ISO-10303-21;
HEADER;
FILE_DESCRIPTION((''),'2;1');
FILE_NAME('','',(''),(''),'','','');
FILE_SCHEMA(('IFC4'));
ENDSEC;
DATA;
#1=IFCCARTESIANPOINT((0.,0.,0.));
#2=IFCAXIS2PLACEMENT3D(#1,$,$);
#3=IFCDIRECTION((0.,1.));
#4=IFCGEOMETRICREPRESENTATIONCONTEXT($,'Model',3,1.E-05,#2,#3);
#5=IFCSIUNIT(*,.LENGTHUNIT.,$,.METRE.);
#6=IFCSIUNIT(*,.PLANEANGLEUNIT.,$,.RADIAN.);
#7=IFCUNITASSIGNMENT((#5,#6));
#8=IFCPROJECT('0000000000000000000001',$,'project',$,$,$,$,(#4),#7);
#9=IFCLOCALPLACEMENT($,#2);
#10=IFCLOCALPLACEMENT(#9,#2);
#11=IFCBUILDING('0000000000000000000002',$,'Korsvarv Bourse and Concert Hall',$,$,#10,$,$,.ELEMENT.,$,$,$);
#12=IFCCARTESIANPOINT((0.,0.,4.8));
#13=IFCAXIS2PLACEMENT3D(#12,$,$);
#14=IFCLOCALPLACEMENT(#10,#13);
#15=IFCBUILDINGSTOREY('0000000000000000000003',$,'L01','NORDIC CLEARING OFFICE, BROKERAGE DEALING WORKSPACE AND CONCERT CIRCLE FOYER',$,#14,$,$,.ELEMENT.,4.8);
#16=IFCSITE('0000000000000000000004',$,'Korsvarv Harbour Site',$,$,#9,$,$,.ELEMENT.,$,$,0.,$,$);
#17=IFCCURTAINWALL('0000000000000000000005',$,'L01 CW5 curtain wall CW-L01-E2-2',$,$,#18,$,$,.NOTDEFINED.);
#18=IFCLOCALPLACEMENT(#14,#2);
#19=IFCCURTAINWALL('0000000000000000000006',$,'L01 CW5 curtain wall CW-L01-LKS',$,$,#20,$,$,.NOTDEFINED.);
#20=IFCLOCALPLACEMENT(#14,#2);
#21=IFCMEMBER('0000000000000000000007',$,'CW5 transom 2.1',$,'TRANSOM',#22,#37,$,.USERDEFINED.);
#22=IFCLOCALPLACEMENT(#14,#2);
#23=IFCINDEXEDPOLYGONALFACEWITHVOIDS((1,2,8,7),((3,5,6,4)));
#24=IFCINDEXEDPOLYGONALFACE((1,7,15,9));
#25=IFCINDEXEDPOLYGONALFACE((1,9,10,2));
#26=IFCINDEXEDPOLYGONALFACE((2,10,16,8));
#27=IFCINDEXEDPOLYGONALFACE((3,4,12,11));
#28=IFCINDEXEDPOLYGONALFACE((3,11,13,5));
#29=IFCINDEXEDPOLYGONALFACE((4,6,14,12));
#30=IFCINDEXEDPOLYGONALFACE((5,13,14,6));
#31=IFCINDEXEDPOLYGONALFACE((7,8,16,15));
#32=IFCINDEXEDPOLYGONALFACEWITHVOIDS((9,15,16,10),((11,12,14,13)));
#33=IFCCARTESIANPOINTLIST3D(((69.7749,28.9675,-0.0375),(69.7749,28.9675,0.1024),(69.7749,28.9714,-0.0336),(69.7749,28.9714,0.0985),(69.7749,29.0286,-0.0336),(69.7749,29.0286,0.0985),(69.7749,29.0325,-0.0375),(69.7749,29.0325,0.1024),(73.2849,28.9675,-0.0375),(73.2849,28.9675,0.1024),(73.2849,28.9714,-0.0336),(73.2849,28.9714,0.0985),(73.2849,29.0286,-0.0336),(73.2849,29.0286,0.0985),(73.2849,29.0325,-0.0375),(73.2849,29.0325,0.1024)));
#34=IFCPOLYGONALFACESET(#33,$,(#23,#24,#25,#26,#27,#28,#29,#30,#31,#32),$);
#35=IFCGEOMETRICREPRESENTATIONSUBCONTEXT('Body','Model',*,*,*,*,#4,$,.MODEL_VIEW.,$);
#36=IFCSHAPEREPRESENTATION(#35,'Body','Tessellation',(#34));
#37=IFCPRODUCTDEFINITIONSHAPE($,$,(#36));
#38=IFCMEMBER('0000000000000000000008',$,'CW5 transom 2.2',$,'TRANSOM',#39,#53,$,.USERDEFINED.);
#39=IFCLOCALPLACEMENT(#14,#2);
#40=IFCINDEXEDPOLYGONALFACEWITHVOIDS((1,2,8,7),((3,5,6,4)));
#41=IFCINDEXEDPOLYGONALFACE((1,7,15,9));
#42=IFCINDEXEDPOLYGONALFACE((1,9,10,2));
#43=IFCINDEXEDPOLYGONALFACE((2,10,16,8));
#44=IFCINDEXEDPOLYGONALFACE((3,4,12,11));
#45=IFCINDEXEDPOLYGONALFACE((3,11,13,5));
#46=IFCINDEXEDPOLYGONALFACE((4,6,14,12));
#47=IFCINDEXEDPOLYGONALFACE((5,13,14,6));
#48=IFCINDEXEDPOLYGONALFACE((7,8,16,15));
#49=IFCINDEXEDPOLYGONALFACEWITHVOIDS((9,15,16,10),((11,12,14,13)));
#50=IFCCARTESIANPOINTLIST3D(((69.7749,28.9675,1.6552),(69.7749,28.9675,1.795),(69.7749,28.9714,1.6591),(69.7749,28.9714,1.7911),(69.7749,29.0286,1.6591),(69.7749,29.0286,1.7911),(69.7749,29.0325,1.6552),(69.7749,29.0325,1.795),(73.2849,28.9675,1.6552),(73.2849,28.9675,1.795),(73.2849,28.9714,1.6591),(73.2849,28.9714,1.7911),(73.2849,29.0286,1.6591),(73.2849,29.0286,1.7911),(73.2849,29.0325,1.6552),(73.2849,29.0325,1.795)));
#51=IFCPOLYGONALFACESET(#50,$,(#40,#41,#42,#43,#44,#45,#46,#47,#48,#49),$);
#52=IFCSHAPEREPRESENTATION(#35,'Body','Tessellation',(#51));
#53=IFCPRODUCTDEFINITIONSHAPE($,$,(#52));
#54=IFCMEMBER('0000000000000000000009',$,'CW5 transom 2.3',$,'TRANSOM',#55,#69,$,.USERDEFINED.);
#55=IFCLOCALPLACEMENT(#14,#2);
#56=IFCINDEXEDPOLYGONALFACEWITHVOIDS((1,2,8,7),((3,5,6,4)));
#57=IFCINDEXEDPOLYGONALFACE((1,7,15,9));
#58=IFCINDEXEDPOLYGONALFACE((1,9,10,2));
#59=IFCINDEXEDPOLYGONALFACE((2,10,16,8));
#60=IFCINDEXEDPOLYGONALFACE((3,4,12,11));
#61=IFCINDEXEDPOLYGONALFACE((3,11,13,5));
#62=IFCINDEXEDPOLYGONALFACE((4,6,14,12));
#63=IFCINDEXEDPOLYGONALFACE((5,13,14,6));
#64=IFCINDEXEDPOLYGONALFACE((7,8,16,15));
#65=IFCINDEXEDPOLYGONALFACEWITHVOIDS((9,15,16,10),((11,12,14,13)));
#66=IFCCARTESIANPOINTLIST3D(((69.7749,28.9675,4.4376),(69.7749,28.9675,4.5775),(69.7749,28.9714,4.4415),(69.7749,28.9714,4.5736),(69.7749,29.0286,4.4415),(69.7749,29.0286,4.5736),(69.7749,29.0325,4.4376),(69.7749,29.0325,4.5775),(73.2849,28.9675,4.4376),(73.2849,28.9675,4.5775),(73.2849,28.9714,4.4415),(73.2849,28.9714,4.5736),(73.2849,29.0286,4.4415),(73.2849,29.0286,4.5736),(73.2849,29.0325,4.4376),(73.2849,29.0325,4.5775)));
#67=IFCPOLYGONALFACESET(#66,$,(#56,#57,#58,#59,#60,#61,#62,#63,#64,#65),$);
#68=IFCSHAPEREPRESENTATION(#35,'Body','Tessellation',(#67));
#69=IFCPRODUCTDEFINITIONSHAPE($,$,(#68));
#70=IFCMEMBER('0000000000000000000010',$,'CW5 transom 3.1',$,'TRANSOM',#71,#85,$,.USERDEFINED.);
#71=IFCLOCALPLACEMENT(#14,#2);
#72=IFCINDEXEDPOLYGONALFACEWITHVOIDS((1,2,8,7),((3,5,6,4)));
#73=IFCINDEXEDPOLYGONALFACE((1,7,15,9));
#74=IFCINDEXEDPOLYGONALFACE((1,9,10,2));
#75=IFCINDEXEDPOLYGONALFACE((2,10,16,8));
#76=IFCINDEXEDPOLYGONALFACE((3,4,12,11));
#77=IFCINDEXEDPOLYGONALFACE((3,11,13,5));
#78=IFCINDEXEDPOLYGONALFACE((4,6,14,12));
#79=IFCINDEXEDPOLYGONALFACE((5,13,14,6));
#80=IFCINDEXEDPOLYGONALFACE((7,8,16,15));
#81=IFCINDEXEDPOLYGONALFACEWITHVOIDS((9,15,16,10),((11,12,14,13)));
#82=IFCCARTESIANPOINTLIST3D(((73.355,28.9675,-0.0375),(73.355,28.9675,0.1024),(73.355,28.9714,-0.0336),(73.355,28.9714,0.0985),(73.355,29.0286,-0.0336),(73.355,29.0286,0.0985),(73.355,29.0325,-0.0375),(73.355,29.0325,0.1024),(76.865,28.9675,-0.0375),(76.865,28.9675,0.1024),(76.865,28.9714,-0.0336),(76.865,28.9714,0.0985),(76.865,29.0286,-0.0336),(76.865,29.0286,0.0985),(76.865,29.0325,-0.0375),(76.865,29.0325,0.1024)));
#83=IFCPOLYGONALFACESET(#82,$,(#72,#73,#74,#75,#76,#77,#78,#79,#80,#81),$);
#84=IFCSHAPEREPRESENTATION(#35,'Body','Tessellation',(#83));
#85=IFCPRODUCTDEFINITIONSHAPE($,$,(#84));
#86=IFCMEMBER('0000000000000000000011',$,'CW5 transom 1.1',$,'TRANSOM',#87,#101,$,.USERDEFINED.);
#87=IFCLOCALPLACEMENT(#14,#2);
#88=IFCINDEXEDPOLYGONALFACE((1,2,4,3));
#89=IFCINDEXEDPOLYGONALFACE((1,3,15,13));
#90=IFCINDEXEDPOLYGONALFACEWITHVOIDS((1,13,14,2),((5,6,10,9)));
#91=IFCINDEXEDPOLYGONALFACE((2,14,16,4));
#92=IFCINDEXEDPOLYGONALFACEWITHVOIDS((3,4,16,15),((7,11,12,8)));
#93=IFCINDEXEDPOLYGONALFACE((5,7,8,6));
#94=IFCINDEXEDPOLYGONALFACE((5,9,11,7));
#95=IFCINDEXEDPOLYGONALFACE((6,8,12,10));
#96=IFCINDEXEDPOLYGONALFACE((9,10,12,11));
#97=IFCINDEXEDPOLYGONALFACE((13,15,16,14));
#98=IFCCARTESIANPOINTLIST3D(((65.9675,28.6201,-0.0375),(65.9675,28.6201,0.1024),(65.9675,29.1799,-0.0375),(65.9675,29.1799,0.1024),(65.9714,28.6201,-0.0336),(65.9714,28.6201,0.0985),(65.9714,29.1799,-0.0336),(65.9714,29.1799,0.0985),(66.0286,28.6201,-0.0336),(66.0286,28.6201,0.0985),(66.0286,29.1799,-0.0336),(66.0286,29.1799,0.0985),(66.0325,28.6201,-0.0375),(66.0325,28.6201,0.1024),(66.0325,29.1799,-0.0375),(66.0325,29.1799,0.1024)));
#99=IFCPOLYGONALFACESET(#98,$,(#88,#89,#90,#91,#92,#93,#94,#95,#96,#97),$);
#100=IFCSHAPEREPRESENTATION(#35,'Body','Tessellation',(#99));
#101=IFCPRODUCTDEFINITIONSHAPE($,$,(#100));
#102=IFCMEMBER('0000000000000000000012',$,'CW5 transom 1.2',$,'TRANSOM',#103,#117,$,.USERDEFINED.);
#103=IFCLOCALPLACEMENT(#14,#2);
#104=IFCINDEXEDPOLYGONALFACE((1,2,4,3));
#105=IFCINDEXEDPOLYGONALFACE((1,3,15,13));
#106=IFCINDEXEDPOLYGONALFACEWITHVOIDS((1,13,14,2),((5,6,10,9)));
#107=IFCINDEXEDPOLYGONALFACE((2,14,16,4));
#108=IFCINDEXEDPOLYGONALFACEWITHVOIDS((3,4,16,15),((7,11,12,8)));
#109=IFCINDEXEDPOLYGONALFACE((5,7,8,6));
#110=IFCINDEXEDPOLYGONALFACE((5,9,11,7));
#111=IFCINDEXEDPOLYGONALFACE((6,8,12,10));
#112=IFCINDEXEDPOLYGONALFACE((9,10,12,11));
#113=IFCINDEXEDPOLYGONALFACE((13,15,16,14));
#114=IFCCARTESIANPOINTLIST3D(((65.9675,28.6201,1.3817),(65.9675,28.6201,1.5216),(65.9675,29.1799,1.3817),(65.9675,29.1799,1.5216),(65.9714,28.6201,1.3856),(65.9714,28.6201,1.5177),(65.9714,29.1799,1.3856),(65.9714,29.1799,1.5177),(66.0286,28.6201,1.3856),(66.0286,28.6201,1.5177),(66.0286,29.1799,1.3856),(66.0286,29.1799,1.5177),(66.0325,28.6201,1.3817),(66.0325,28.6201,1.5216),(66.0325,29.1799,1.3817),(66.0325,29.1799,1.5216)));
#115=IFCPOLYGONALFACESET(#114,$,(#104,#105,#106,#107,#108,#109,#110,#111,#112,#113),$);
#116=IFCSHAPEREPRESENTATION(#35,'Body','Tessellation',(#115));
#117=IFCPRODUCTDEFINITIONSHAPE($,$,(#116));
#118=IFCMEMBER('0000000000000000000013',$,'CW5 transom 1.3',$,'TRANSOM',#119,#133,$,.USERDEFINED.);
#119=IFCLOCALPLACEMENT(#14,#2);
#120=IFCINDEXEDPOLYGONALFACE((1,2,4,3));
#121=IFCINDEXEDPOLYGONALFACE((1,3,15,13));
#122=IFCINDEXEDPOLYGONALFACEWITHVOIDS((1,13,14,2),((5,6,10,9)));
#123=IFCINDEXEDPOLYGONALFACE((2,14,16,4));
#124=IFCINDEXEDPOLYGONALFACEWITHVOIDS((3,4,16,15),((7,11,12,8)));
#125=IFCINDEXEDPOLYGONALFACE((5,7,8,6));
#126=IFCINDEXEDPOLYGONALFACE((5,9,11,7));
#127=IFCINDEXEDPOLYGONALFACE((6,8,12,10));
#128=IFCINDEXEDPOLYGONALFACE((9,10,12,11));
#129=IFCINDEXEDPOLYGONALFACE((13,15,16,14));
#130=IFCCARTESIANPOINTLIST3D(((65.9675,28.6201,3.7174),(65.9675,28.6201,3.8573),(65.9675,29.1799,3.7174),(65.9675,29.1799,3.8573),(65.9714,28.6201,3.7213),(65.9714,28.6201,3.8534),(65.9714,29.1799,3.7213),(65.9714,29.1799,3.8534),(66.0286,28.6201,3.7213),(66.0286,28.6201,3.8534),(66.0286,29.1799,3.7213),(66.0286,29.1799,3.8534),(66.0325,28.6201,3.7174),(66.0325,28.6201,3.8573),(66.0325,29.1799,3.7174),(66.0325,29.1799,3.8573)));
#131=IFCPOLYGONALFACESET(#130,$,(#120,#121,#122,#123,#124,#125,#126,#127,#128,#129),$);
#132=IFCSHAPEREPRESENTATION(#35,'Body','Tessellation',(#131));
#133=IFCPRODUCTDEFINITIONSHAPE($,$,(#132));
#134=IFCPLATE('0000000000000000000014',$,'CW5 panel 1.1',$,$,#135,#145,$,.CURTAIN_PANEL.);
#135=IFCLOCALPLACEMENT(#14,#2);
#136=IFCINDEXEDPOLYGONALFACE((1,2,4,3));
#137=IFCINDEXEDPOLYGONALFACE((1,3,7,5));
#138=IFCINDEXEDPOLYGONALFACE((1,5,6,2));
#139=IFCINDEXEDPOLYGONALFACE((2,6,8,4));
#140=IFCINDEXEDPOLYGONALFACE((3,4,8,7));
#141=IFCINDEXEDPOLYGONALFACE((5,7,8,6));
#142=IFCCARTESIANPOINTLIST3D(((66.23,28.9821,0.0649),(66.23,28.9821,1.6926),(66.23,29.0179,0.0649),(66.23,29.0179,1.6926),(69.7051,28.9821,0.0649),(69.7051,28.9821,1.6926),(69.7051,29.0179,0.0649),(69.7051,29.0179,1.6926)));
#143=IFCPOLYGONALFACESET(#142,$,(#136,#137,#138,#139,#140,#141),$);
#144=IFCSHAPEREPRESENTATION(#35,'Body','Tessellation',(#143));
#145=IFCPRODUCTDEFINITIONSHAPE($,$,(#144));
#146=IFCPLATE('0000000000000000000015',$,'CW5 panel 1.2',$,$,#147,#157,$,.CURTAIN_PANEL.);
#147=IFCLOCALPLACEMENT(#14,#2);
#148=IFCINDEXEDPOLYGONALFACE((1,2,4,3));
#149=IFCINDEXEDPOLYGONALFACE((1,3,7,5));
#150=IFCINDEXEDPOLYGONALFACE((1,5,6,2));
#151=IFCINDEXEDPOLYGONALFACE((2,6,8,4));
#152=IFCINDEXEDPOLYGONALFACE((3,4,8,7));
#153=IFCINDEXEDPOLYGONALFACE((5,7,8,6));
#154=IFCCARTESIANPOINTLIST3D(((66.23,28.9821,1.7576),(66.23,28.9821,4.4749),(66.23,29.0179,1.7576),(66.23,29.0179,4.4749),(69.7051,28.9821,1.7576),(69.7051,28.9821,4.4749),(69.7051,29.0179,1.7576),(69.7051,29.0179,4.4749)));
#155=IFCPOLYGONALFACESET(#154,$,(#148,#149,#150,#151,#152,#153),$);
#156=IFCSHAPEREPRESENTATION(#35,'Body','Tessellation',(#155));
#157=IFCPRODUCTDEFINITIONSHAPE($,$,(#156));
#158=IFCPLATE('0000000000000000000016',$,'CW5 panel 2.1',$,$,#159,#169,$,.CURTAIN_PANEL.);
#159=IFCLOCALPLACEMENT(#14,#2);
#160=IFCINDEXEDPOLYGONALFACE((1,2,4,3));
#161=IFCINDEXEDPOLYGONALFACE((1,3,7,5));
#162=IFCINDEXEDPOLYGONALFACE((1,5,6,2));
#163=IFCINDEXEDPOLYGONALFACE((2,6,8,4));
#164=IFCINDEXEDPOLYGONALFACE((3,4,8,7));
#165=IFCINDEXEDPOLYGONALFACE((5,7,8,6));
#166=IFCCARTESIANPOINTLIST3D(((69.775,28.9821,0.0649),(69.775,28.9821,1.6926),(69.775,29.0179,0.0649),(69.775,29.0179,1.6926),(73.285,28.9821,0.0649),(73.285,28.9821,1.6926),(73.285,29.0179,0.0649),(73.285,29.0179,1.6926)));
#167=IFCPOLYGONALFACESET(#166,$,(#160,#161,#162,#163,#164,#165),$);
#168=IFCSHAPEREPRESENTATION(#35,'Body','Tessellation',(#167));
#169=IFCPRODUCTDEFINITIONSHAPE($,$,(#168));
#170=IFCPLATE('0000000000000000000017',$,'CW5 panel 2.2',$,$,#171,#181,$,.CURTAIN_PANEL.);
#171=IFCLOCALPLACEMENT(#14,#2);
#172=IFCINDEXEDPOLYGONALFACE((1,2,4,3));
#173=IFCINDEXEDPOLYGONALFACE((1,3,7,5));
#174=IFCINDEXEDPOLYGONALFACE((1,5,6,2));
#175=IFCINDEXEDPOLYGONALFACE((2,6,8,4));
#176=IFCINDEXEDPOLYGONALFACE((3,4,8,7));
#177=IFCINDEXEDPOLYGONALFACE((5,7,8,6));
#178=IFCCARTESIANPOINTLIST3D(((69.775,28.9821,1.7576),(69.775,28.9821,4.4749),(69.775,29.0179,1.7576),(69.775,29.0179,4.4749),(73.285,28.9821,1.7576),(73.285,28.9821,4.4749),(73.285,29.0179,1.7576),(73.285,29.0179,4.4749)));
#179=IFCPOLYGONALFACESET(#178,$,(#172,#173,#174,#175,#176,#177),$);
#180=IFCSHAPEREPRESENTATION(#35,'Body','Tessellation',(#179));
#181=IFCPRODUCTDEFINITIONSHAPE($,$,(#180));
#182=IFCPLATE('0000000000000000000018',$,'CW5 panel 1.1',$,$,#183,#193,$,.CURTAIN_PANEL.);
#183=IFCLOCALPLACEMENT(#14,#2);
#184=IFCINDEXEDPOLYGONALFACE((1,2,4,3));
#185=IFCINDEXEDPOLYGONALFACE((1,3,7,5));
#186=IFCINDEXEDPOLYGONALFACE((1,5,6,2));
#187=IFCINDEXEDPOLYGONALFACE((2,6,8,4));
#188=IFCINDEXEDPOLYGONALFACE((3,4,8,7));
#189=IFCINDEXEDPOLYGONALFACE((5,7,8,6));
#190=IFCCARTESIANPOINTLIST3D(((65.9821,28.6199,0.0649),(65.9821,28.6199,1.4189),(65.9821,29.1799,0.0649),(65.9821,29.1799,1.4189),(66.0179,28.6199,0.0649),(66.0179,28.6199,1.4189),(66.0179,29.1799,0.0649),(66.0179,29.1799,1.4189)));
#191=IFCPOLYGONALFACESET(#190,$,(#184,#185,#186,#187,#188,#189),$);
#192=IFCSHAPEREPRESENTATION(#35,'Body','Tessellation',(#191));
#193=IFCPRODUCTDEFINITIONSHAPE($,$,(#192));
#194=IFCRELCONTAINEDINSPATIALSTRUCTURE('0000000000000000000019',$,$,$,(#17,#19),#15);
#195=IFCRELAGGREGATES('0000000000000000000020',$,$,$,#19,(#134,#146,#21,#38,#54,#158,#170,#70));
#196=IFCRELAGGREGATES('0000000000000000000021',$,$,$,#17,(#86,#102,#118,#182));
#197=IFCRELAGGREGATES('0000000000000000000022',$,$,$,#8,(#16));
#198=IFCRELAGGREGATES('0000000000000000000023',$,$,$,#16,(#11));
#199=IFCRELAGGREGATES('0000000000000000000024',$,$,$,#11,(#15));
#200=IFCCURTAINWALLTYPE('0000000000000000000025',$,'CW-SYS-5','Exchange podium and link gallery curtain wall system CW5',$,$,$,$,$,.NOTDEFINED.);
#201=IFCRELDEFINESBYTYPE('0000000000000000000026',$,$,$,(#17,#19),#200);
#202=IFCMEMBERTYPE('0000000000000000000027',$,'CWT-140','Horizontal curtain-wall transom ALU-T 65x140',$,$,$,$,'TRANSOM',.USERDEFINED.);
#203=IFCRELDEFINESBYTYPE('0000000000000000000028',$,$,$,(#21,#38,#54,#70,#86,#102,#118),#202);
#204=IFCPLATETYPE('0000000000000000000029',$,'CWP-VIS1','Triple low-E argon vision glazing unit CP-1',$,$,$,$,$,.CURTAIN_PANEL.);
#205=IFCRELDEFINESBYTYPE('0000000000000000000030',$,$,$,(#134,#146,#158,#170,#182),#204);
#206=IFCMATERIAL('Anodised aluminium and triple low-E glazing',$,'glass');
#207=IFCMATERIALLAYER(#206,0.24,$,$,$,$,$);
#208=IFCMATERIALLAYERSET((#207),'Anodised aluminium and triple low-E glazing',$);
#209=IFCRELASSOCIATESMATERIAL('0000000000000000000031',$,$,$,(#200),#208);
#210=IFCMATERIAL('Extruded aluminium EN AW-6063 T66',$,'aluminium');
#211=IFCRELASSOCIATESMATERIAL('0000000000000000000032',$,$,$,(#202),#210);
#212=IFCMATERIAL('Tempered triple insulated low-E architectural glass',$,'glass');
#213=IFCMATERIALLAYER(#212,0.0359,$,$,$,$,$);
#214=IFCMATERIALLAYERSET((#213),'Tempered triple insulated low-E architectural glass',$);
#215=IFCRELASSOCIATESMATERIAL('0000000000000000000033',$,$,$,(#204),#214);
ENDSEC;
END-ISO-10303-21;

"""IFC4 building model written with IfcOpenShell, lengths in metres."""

from ifc_helpers import new_model, si_unit, direction, frame, origin, origin_2d, place, context, subcontext, project, spatial, rectangle, hollow_rectangle, extrude, source, transform, mapped, material, layer, layer_set, material_profile, profile_set, type_object, element, aggregate, save


model = new_model("IFC4")

# Units and contexts
model_context = context("Model", 3, precision=1e-05, world=origin(), true_north=direction((0.0, 1.0)))
body_context = subcontext(model_context, "Body", "Model", "MODEL_VIEW")
ifc_project = project(units=[si_unit("LENGTHUNIT", "METRE"), si_unit("PLANEANGLEUNIT", "RADIAN")], contexts=[model_context])

# Site, building, storey
site_placement = place(None, origin())
site = spatial("IfcSite", under=ifc_project, at=site_placement, Name="Korsvarv Harbour Site", CompositionType="ELEMENT", RefElevation=0.0)
building_placement = place(site_placement, origin())
building = spatial("IfcBuilding", under=site, at=building_placement, Name="Korsvarv Bourse and Concert Hall", CompositionType="ELEMENT")
storey_placement = place(building_placement, frame((0.0, 0.0, 4.8)))
storey = spatial("IfcBuildingStorey", under=building, at=storey_placement, Name="L01", Description="NORDIC CLEARING OFFICE, BROKERAGE DEALING WORKSPACE AND CONCERT CIRCLE FOYER", CompositionType="ELEMENT", Elevation=4.8)

# Curtain wall
ifc_material_1 = material(Name="Anodised aluminium and triple low-E glazing", Category="glass")
ifc_layer_1 = layer(ifc_material_1, 0.24)
ifc_layer_set_1 = layer_set([ifc_layer_1], Name="Anodised aluminium and triple low-E glazing")
curtain_wall_type = type_object("IfcCurtainWallType", Name="CW-SYS-5", Description="Exchange podium and link gallery curtain wall system CW5", PredefinedType="NOTDEFINED", material=ifc_layer_set_1)
curtain_wall_1_placement = place(storey_placement, origin())
curtain_wall_1 = element("IfcCurtainWall", 1, at=curtain_wall_1_placement, inside=storey, type_object=curtain_wall_type, Name="L01 CW5 curtain wall CW-L01-E2-2", PredefinedType="NOTDEFINED")
ifc_material_2 = material(Name="Extruded aluminium EN AW-6063 T66", Category="aluminium")

# Curtain wall, members
curtain_wall_2_placement = place(storey_placement, origin())
curtain_wall_2 = element("IfcCurtainWall", 2, at=curtain_wall_2_placement, inside=storey, type_object=curtain_wall_type, Name="L01 CW5 curtain wall CW-L01-LKS", PredefinedType="NOTDEFINED")
ifc_material_profile_1 = material_profile(ifc_material_2, hollow_rectangle(XDim=0.0649, YDim=0.1399, WallThickness=0.0039, at=origin_2d()), Name="ALU-T 65x140")
ifc_profile_set_1 = profile_set([ifc_material_profile_1], Name="Extruded aluminium EN AW-6063 T66")
member_type_1 = type_object("IfcMemberType", Name="CWT-140", Description="Horizontal curtain-wall transom ALU-T 65x140", ElementType="TRANSOM", PredefinedType="USERDEFINED", material=ifc_profile_set_1)
shared_shape_1 = source(origin(), body_context, "Body", "SweptSolid", [
    extrude(hollow_rectangle(XDim=0.0649, YDim=0.1399, WallThickness=0.0039, at=origin_2d()), origin(), (0.0, 0.0, 1.0), 3.51),
])
member_1_placement = place(storey_placement, frame((69.7749, 29.0, 0.0325), z_axis=(1.0, 0.0, 0.0), x_axis=(0.0, 1.0, 0.0)))
member_1 = element("IfcMember", 3, at=member_1_placement, type_object=member_type_1, Name="CW5 transom 2.1", ObjectType="TRANSOM", PredefinedType="USERDEFINED", context=body_context, shape_type="MappedRepresentation", body=[
    mapped(shared_shape_1, transform((0.0, 0.0, 0.0), scale=1.0)),
])
member_2_placement = place(storey_placement, frame((69.7749, 29.0, 1.7251), z_axis=(1.0, 0.0, 0.0), x_axis=(0.0, 1.0, 0.0)))
member_2 = element("IfcMember", 4, at=member_2_placement, type_object=member_type_1, Name="CW5 transom 2.2", ObjectType="TRANSOM", PredefinedType="USERDEFINED", context=body_context, shape_type="MappedRepresentation", body=[
    mapped(shared_shape_1, transform((0.0, 0.0, 0.0), scale=1.0)),
])
member_3_placement = place(storey_placement, frame((69.7749, 29.0, 4.5076), z_axis=(1.0, 0.0, 0.0), x_axis=(0.0, 1.0, 0.0)))
member_3 = element("IfcMember", 5, at=member_3_placement, type_object=member_type_1, Name="CW5 transom 2.3", ObjectType="TRANSOM", PredefinedType="USERDEFINED", context=body_context, shape_type="MappedRepresentation", body=[
    mapped(shared_shape_1, transform((0.0, 0.0, 0.0), scale=1.0)),
])
member_4_placement = place(storey_placement, frame((73.355, 29.0, 0.0325), z_axis=(1.0, 0.0, 0.0), x_axis=(0.0, 1.0, 0.0)))
member_4 = element("IfcMember", 6, at=member_4_placement, type_object=member_type_1, Name="CW5 transom 3.1", ObjectType="TRANSOM", PredefinedType="USERDEFINED", context=body_context, shape_type="MappedRepresentation", body=[
    mapped(shared_shape_1, transform((0.0, 0.0, 0.0), scale=1.0)),
])

# Members
shared_shape_2 = source(origin(), body_context, "Body", "SweptSolid", [
    extrude(hollow_rectangle(XDim=0.0649, YDim=0.1399, WallThickness=0.0039, at=origin_2d()), origin(), (0.0, 0.0, 1.0), 0.5598),
])
member_5_placement = place(storey_placement, frame((66.0, 28.6201, 0.0325), z_axis=(0.0, 1.0, 0.0), x_axis=(-1.0, 0.0, 0.0)))
member_5 = element("IfcMember", 7, at=member_5_placement, type_object=member_type_1, Name="CW5 transom 1.1", ObjectType="TRANSOM", PredefinedType="USERDEFINED", context=body_context, shape_type="MappedRepresentation", body=[
    mapped(shared_shape_2, transform((0.0, 0.0, 0.0), scale=1.0)),
])
member_6_placement = place(storey_placement, frame((66.0, 28.6201, 1.4517), z_axis=(0.0, 1.0, 0.0), x_axis=(-1.0, 0.0, 0.0)))
member_6 = element("IfcMember", 8, at=member_6_placement, type_object=member_type_1, Name="CW5 transom 1.2", ObjectType="TRANSOM", PredefinedType="USERDEFINED", context=body_context, shape_type="MappedRepresentation", body=[
    mapped(shared_shape_2, transform((0.0, 0.0, 0.0), scale=1.0)),
])
member_7_placement = place(storey_placement, frame((66.0, 28.6201, 3.7874), z_axis=(0.0, 1.0, 0.0), x_axis=(-1.0, 0.0, 0.0)))
member_7 = element("IfcMember", 9, at=member_7_placement, type_object=member_type_1, Name="CW5 transom 1.3", ObjectType="TRANSOM", PredefinedType="USERDEFINED", context=body_context, shape_type="MappedRepresentation", body=[
    mapped(shared_shape_2, transform((0.0, 0.0, 0.0), scale=1.0)),
])

# Plates
ifc_material_3 = material(Name="Tempered triple insulated low-E architectural glass", Category="glass")
ifc_layer_2 = layer(ifc_material_3, 0.0359)
ifc_layer_set_2 = layer_set([ifc_layer_2], Name="Tempered triple insulated low-E architectural glass")
plate_type = type_object("IfcPlateType", Name="CWP-VIS1", Description="Triple low-E argon vision glazing unit CP-1", PredefinedType="CURTAIN_PANEL", material=ifc_layer_set_2)
shared_shape_3 = source(origin(), body_context, "Body", "SweptSolid", [
    extrude(rectangle(XDim=3.4751, YDim=0.0359, at=origin_2d()), origin(), (0.0, 0.0, 1.0), 1.6277),
])
plate_1_placement = place(storey_placement, frame((67.9675, 29.0, 0.0649), z_axis=(0.0, 0.0, 1.0), x_axis=(1.0, 0.0, 0.0)))
plate_1 = element("IfcPlate", 10, at=plate_1_placement, type_object=plate_type, Name="CW5 panel 1.1", PredefinedType="CURTAIN_PANEL", context=body_context, shape_type="MappedRepresentation", body=[
    mapped(shared_shape_3, transform((0.0, 0.0, 0.0), scale=1.0)),
])
shared_shape_4 = source(origin(), body_context, "Body", "SweptSolid", [
    extrude(rectangle(XDim=3.4751, YDim=0.0359, at=origin_2d()), origin(), (0.0, 0.0, 1.0), 2.7173),
])
plate_2_placement = place(storey_placement, frame((67.9675, 29.0, 1.7576), z_axis=(0.0, 0.0, 1.0), x_axis=(1.0, 0.0, 0.0)))
plate_2 = element("IfcPlate", 11, at=plate_2_placement, type_object=plate_type, Name="CW5 panel 1.2", PredefinedType="CURTAIN_PANEL", context=body_context, shape_type="MappedRepresentation", body=[
    mapped(shared_shape_4, transform((0.0, 0.0, 0.0), scale=1.0)),
])
shared_shape_5 = source(origin(), body_context, "Body", "SweptSolid", [
    extrude(rectangle(XDim=3.51, YDim=0.0359, at=origin_2d()), origin(), (0.0, 0.0, 1.0), 1.6277),
])
plate_3_placement = place(storey_placement, frame((71.53, 29.0, 0.0649), z_axis=(0.0, 0.0, 1.0), x_axis=(1.0, 0.0, 0.0)))
plate_3 = element("IfcPlate", 12, at=plate_3_placement, type_object=plate_type, Name="CW5 panel 2.1", PredefinedType="CURTAIN_PANEL", context=body_context, shape_type="MappedRepresentation", body=[
    mapped(shared_shape_5, transform((0.0, 0.0, 0.0), scale=1.0)),
])
shared_shape_6 = source(origin(), body_context, "Body", "SweptSolid", [
    extrude(rectangle(XDim=3.51, YDim=0.0359, at=origin_2d()), origin(), (0.0, 0.0, 1.0), 2.7173),
])
plate_4_placement = place(storey_placement, frame((71.53, 29.0, 1.7576), z_axis=(0.0, 0.0, 1.0), x_axis=(1.0, 0.0, 0.0)))
plate_4 = element("IfcPlate", 13, at=plate_4_placement, type_object=plate_type, Name="CW5 panel 2.2", PredefinedType="CURTAIN_PANEL", context=body_context, shape_type="MappedRepresentation", body=[
    mapped(shared_shape_6, transform((0.0, 0.0, 0.0), scale=1.0)),
])
aggregate(curtain_wall_2, [plate_1, plate_2, member_1, member_2, member_3, plate_3, plate_4, member_4])
shared_shape_7 = source(origin(), body_context, "Body", "SweptSolid", [
    extrude(rectangle(XDim=0.5601, YDim=0.0359, at=origin_2d()), origin(), (0.0, 0.0, 1.0), 1.354),
])
plate_5_placement = place(storey_placement, frame((66.0, 28.8999, 0.0649), z_axis=(0.0, 0.0, 1.0), x_axis=(0.0, 1.0, 0.0)))
plate_5 = element("IfcPlate", 14, at=plate_5_placement, type_object=plate_type, Name="CW5 panel 1.1", PredefinedType="CURTAIN_PANEL", context=body_context, shape_type="MappedRepresentation", body=[
    mapped(shared_shape_7, transform((0.0, 0.0, 0.0), scale=1.0)),
])
aggregate(curtain_wall_1, [member_5, member_6, member_7, plate_5])

save(model, "model.ifc")
